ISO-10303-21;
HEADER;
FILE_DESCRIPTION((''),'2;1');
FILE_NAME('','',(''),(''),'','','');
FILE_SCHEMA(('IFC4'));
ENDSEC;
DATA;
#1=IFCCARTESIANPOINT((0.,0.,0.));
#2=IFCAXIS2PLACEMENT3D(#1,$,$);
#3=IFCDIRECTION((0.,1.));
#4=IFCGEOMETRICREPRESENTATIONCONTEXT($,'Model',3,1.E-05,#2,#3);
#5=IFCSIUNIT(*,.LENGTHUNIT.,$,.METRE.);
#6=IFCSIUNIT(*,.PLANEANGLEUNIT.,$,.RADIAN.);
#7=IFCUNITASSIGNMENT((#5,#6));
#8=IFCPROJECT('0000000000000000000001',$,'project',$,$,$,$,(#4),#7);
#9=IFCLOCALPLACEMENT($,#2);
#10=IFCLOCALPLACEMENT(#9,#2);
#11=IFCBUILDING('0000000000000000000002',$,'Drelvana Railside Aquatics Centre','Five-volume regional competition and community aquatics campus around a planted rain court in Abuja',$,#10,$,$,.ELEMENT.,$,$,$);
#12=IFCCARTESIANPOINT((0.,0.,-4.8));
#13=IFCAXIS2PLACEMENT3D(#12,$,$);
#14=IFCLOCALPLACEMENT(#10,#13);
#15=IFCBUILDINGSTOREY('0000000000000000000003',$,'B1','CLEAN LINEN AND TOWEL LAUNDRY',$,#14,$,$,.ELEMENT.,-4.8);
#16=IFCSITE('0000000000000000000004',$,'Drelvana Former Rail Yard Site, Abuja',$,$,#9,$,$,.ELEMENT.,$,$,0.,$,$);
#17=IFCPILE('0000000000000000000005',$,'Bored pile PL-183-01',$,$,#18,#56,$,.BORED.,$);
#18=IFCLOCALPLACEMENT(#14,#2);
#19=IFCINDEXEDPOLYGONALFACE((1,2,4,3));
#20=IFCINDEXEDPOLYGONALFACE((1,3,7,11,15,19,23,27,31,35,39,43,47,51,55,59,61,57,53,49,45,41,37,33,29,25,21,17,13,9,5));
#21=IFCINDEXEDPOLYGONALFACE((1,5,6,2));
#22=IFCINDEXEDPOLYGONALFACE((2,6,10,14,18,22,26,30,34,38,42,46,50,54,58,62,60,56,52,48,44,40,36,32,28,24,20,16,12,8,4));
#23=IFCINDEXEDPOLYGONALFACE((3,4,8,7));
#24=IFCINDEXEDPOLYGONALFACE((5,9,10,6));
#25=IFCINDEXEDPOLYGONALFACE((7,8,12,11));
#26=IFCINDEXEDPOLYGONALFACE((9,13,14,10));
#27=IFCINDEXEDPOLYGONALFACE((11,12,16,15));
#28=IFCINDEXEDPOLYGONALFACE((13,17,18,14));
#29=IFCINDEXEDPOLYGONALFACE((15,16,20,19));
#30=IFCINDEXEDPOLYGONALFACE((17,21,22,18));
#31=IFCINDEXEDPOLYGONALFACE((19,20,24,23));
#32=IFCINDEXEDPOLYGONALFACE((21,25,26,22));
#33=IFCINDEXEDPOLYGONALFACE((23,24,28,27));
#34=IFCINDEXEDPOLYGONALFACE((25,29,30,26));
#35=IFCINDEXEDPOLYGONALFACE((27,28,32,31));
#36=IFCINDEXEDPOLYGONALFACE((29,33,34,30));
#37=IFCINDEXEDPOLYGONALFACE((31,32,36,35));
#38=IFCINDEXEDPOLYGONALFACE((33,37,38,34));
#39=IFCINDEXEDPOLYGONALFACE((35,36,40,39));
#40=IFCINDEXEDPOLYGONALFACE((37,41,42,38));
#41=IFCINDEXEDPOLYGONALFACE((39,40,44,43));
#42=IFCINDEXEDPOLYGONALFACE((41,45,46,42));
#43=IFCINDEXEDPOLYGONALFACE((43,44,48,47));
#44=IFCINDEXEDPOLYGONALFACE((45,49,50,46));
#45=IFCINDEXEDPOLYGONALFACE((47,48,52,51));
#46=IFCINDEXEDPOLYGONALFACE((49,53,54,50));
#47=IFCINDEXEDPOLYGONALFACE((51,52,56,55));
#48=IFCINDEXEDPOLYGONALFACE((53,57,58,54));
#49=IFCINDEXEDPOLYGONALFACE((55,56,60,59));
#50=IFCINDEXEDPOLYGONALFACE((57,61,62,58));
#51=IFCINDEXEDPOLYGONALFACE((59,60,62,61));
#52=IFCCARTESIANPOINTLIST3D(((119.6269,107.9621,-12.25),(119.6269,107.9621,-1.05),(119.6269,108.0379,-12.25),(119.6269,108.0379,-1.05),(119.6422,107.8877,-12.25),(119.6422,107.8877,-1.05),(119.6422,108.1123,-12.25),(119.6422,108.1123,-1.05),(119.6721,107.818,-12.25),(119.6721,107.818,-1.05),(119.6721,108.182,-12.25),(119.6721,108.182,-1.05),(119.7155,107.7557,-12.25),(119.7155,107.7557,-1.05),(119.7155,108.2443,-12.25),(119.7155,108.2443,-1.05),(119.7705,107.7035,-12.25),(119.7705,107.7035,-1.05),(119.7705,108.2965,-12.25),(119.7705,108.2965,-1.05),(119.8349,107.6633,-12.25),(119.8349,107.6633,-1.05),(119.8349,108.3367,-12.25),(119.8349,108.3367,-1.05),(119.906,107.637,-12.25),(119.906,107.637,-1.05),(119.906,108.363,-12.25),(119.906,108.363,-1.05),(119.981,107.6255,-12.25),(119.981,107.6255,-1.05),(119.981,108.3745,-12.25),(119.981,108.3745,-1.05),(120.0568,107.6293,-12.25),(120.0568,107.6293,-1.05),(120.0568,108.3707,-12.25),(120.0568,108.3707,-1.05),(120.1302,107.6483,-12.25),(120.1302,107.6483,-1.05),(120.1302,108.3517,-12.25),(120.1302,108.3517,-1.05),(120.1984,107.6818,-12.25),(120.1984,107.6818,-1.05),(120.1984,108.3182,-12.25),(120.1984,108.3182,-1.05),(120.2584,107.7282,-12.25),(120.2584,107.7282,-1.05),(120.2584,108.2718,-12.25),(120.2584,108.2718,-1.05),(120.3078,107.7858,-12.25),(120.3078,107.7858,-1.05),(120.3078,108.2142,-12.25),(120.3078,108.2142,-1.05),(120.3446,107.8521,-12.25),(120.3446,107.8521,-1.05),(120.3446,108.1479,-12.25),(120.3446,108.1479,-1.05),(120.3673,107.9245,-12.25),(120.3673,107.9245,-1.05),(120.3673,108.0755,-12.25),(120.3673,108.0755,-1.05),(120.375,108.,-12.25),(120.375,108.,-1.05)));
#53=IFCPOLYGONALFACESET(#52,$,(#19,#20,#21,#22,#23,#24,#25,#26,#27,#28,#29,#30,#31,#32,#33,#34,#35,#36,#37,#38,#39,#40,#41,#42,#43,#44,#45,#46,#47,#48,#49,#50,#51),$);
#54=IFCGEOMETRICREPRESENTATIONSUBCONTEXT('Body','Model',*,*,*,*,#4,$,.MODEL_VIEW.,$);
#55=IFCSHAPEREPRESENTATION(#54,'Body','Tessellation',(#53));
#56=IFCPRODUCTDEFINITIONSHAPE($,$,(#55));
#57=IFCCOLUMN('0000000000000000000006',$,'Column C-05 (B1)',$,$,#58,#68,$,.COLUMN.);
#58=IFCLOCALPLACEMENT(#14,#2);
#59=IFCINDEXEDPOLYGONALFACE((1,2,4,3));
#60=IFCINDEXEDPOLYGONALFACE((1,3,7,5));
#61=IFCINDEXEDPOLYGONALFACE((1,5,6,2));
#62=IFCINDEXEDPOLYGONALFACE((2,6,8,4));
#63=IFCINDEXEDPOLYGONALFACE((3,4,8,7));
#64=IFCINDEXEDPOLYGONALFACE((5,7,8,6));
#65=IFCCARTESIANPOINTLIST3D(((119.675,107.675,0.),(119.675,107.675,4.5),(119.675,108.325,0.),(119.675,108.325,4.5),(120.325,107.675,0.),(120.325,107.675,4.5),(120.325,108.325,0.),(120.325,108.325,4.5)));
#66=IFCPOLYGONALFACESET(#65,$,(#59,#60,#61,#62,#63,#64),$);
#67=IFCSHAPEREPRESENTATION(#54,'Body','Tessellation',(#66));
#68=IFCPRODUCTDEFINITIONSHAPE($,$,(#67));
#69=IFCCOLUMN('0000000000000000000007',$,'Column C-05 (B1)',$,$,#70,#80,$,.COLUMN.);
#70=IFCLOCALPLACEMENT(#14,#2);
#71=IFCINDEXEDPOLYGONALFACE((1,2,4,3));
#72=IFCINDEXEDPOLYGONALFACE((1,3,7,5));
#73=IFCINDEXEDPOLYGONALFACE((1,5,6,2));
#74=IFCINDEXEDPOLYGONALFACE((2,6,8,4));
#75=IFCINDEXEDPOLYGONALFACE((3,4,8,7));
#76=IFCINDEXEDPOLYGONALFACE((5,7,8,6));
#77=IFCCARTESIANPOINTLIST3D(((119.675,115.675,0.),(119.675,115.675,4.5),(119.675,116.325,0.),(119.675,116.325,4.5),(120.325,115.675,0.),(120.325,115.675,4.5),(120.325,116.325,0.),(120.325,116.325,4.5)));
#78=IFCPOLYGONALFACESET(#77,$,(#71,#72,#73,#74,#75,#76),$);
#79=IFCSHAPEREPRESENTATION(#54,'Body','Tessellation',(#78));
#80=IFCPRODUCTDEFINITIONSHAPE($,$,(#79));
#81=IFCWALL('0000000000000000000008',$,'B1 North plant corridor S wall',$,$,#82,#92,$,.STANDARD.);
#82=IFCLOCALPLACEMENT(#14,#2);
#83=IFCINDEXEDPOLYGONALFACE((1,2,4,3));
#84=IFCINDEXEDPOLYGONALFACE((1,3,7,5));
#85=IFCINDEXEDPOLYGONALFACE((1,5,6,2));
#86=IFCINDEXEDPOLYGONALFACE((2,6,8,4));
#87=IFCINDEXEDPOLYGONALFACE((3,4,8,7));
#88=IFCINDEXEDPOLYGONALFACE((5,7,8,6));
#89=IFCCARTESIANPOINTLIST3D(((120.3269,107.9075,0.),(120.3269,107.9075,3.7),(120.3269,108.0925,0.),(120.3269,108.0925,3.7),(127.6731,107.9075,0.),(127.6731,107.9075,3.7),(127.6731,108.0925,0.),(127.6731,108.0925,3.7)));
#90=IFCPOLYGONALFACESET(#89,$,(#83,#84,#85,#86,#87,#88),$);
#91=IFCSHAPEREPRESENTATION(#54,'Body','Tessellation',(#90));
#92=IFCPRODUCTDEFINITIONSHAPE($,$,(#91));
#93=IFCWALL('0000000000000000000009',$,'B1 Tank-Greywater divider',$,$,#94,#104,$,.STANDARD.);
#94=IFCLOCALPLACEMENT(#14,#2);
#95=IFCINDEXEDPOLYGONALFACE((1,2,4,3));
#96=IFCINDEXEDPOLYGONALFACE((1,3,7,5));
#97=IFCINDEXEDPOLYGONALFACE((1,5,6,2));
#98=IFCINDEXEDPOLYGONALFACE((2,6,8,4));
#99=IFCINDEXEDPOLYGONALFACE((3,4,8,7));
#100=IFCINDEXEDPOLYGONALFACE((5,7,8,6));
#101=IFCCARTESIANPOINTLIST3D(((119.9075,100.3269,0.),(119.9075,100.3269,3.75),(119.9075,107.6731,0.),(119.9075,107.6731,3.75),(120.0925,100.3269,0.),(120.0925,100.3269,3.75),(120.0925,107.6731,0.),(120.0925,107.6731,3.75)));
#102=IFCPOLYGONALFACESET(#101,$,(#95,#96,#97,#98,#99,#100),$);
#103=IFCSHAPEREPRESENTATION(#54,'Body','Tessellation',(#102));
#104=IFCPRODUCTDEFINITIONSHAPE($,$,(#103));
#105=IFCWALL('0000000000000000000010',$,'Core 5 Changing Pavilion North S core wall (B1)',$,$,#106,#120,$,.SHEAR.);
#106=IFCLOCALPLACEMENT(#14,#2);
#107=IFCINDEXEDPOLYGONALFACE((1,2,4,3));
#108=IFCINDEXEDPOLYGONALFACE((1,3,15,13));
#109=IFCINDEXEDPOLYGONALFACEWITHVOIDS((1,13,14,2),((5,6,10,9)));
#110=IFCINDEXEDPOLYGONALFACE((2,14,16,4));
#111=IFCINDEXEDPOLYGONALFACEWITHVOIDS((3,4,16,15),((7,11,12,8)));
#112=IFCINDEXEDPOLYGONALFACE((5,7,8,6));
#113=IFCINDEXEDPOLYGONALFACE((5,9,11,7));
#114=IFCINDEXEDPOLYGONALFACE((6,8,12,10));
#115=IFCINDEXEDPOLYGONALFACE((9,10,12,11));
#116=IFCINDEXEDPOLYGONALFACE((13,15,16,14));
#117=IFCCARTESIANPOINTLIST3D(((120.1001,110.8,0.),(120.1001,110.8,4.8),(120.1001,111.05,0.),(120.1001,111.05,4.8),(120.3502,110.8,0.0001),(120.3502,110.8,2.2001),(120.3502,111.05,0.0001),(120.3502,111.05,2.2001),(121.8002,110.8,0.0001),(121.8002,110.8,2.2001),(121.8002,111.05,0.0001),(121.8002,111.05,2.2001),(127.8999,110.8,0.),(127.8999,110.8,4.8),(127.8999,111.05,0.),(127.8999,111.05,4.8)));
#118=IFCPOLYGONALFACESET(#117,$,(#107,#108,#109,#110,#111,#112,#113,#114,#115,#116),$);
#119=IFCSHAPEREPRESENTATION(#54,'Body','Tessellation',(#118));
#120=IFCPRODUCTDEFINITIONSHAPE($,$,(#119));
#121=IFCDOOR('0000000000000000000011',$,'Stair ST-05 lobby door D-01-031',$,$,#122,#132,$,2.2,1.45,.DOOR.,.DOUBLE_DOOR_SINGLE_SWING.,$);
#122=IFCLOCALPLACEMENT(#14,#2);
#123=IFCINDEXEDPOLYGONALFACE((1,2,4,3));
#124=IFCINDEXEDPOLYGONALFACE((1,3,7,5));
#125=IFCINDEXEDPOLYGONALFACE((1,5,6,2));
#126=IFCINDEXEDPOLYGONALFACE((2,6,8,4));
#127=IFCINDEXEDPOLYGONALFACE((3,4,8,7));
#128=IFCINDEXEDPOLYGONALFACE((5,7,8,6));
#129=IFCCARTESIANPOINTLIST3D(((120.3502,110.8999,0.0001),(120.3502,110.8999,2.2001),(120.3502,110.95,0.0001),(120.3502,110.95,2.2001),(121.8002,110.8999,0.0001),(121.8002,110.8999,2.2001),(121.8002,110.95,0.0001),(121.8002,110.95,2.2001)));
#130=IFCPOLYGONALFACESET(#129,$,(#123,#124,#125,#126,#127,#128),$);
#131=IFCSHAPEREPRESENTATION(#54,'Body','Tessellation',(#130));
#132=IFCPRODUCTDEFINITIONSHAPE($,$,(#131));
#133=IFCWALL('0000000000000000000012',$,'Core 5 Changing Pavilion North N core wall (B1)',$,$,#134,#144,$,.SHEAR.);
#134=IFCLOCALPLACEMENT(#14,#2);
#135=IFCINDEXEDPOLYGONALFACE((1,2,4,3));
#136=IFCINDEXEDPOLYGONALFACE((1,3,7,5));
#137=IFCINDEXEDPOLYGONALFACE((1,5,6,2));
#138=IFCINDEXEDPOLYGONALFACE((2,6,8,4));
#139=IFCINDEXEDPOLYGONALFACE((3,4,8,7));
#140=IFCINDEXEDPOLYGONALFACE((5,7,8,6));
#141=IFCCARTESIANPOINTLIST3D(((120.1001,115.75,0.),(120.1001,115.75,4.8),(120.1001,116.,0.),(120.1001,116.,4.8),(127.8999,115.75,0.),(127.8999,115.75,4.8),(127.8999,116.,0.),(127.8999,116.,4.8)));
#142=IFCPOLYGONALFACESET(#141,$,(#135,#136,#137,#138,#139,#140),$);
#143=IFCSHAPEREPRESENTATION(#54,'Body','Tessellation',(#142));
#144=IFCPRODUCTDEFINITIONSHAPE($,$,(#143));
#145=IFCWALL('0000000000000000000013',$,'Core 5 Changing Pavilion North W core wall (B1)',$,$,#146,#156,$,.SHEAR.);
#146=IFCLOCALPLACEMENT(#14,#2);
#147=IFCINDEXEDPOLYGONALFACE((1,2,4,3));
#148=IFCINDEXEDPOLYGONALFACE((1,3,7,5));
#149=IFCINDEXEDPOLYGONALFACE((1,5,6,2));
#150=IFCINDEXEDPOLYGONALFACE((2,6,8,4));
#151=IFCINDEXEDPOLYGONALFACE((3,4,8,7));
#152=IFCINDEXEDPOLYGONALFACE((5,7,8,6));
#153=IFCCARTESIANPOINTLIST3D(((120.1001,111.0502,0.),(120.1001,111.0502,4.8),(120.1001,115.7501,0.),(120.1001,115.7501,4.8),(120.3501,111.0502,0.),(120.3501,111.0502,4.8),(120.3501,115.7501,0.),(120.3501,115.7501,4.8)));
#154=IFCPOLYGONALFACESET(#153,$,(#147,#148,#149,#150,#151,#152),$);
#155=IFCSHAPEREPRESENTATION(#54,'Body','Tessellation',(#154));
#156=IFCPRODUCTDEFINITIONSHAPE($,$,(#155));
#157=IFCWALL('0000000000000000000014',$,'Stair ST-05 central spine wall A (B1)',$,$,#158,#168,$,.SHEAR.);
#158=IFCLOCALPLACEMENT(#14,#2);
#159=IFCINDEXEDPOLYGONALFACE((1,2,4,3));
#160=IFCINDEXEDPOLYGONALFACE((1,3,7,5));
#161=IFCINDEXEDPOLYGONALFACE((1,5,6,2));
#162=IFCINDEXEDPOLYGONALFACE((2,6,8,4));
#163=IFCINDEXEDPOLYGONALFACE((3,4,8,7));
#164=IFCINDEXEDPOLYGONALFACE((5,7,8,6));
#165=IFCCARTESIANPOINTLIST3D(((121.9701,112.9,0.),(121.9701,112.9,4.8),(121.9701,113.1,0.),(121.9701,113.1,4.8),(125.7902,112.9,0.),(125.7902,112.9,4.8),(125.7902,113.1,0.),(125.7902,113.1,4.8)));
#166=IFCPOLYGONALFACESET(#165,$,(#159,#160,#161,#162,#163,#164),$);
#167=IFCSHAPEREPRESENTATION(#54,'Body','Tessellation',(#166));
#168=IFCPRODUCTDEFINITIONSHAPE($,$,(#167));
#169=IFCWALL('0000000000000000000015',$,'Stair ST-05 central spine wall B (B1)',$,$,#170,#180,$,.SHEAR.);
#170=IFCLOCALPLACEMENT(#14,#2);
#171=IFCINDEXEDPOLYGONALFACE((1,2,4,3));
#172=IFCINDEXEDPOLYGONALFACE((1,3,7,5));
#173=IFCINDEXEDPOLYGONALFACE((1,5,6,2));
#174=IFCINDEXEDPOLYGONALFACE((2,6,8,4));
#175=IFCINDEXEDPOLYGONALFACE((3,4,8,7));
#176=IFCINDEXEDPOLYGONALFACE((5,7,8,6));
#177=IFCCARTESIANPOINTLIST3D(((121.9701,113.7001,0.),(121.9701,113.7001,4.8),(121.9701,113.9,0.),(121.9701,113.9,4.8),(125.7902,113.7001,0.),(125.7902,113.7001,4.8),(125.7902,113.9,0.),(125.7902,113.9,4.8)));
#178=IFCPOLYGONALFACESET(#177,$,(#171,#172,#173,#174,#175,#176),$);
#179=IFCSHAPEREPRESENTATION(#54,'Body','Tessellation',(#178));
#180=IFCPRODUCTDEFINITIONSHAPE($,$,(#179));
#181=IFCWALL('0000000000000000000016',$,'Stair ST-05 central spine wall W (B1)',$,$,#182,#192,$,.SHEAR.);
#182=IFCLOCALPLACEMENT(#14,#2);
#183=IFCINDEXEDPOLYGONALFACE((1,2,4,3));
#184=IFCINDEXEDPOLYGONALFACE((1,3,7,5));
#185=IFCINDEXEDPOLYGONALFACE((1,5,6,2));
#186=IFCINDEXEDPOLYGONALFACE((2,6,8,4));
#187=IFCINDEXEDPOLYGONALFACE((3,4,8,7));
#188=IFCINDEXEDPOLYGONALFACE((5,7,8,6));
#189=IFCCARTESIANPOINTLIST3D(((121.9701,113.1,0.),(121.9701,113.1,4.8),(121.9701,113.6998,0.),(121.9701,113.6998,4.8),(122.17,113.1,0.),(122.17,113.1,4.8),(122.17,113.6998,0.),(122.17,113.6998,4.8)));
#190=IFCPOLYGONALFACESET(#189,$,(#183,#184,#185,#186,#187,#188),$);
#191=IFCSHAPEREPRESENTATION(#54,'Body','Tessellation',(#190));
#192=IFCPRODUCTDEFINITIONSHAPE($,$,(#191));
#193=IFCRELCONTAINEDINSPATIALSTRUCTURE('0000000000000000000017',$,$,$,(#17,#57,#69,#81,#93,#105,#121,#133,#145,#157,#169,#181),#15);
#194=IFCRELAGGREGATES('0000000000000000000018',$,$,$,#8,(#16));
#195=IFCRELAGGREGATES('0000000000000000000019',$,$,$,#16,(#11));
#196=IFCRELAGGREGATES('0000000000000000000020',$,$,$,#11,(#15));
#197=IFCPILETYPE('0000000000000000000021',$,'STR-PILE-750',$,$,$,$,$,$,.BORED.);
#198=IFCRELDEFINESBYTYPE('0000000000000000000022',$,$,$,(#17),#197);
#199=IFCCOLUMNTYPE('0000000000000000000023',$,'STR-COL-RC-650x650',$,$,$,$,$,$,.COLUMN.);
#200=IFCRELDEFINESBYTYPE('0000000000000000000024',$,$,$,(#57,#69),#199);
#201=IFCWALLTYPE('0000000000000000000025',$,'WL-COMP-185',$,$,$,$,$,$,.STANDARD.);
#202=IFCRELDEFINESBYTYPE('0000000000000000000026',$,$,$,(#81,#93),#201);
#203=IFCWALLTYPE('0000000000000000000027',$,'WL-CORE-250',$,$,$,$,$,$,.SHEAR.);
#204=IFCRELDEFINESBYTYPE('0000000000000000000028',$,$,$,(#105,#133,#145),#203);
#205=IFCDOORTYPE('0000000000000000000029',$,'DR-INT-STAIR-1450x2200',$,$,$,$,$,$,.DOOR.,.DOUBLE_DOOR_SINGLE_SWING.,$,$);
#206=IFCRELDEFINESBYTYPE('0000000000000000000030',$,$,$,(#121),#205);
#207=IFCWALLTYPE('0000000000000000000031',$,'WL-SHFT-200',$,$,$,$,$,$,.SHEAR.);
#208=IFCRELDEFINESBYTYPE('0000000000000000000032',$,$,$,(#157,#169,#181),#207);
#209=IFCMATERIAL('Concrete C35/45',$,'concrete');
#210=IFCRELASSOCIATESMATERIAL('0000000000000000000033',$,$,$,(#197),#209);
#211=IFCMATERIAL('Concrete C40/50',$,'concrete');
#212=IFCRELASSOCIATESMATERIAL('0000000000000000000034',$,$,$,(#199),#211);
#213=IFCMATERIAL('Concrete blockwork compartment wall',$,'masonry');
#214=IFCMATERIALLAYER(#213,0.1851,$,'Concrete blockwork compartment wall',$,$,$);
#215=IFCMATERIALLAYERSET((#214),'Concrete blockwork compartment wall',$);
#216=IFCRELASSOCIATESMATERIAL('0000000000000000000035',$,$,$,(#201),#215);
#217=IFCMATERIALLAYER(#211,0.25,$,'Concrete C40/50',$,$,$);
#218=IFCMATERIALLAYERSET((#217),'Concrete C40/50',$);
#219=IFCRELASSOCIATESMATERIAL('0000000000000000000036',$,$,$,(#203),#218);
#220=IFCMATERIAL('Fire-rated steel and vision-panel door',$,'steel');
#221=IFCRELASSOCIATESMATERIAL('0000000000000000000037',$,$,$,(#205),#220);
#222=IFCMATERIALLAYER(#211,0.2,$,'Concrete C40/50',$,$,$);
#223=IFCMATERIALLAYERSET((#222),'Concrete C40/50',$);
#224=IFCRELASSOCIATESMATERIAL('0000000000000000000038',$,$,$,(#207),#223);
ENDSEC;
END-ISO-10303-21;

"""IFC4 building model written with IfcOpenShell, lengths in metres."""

from ifc_helpers import new_model, si_unit, direction, frame, frame_2d, origin, origin_2d, place, context, subcontext, project, spatial, rectangle, circle, extrude, material, layer, layer_set, material_profile, profile_set, type_object, element, fill, save


model = new_model("IFC4")

# Units and contexts
model_context = context("Model", 3, precision=1e-05, world=origin(), true_north=direction((0.0, 1.0)))
body_context = subcontext(model_context, "Body", "Model", "MODEL_VIEW")
ifc_project = project(units=[si_unit("LENGTHUNIT", "METRE"), si_unit("PLANEANGLEUNIT", "RADIAN")], contexts=[model_context])

# Site, building, storey
site_placement = place(None, origin())
site = spatial("IfcSite", under=ifc_project, at=site_placement, Name="Drelvana Former Rail Yard Site, Abuja", CompositionType="ELEMENT", RefElevation=0.0)
building_placement = place(site_placement, origin())
building = spatial("IfcBuilding", under=site, at=building_placement, Name="Drelvana Railside Aquatics Centre", Description="Five-volume regional competition and community aquatics campus around a planted rain court in Abuja", CompositionType="ELEMENT")
storey_placement = place(building_placement, frame((0.0, 0.0, -4.8)))
storey = spatial("IfcBuildingStorey", under=building, at=storey_placement, Name="B1", Description="CLEAN LINEN AND TOWEL LAUNDRY", CompositionType="ELEMENT", Elevation=-4.8)

# Shared definitions
ifc_material_1 = material(Name="Concrete C35/45", Category="concrete")

# Pile
ifc_material_profile_1 = material_profile(ifc_material_1, circle(Radius=0.375, at=origin_2d()), Name="PILE D750")
ifc_profile_set_1 = profile_set([ifc_material_profile_1], Name="Concrete C35/45")
pile_type_1 = type_object("IfcPileType", Name="STR-PILE-750", PredefinedType="BORED", material=ifc_profile_set_1)
pile_placement = place(storey_placement, frame((120.0, 108.0, -1.05), z_axis=(0.0, 0.0, -1.0), x_axis=(1.0, 0.0, 0.0)))
element("IfcPile", 1, at=pile_placement, inside=storey, type_object=pile_type_1, Name="Bored pile PL-183-01", PredefinedType="BORED", context=body_context, shape_type="SweptSolid", body=[
    extrude(circle(Radius=0.375, at=origin_2d()), origin(), (0.0, 0.0, 1.0), 11.2),
])

# Columns
ifc_material_2 = material(Name="Concrete C40/50", Category="concrete")
ifc_material_profile_2 = material_profile(ifc_material_2, rectangle(XDim=0.6499, YDim=0.6499, at=origin_2d()), Name="RC 650x650")
ifc_profile_set_2 = profile_set([ifc_material_profile_2], Name="Concrete C40/50")
column_type = type_object("IfcColumnType", Name="STR-COL-RC-650x650", PredefinedType="COLUMN", material=ifc_profile_set_2)
for number, where, z_axis, x_axis, name in (
    (2, (120.0, 108.0, 0.0), (0.0, 0.0, 1.0), (1.0, 0.0, 0.0), "Column C-05 (B1)"),
    (3, (120.0, 116.0, 0.0), (0.0, 0.0, 1.0), (1.0, 0.0, 0.0), "Column C-05 (B1)"),
):
    element("IfcColumn", number, at=place(storey_placement, frame(where, z_axis=z_axis, x_axis=x_axis)), inside=storey, type_object=column_type, Name=name, PredefinedType="COLUMN", context=body_context, shape_type="SweptSolid", body=[
        extrude(rectangle(XDim=0.6499, YDim=0.6499, at=origin_2d()), origin(), (0.0, 0.0, 1.0), 4.5),
    ])

# Walls
ifc_material_3 = material(Name="Concrete blockwork compartment wall", Category="masonry")
ifc_layer_1 = layer(ifc_material_3, 0.1851, Name="Concrete blockwork compartment wall")
ifc_layer_set_1 = layer_set([ifc_layer_1], Name="Concrete blockwork compartment wall")
wall_type_1 = type_object("IfcWallType", Name="WL-COMP-185", PredefinedType="STANDARD", material=ifc_layer_set_1)
wall_1_placement = place(storey_placement, frame((120.3269, 108.0, 0.0), z_axis=(0.0, 0.0, 1.0), x_axis=(1.0, 0.0, 0.0)))
element("IfcWall", 4, at=wall_1_placement, inside=storey, type_object=wall_type_1, Name="B1 North plant corridor S wall", PredefinedType="STANDARD", context=body_context, shape_type="SweptSolid", body=[
    extrude(rectangle(XDim=7.3462, YDim=0.1851, at=frame_2d((3.6731, 0.0))), origin(), (0.0, 0.0, 1.0), 3.7),
])
wall_2_placement = place(storey_placement, frame((120.0, 100.3269, 0.0), z_axis=(0.0, 0.0, 1.0), x_axis=(0.0, 1.0, 0.0)))
element("IfcWall", 5, at=wall_2_placement, inside=storey, type_object=wall_type_1, Name="B1 Tank-Greywater divider", PredefinedType="STANDARD", context=body_context, shape_type="SweptSolid", body=[
    extrude(rectangle(XDim=7.3462, YDim=0.1851, at=frame_2d((3.6731, 0.0))), origin(), (0.0, 0.0, 1.0), 3.75),
])

# Wall, opening, door
ifc_layer_2 = layer(ifc_material_2, 0.25, Name="Concrete C40/50")
ifc_layer_set_2 = layer_set([ifc_layer_2], Name="Concrete C40/50")
wall_type_2 = type_object("IfcWallType", Name="WL-CORE-250", PredefinedType="SHEAR", material=ifc_layer_set_2)
wall_3_placement = place(storey_placement, frame((120.1001, 110.925, 0.0), z_axis=(0.0, 0.0, 1.0), x_axis=(1.0, 0.0, 0.0)))
wall_3 = element("IfcWall", 6, at=wall_3_placement, inside=storey, type_object=wall_type_2, Name="Core 5 Changing Pavilion North S core wall (B1)", PredefinedType="SHEAR", context=body_context, shape_type="SweptSolid", body=[
    extrude(rectangle(XDim=7.7998, YDim=0.25, at=frame_2d((3.8999, 0.0))), origin(), (0.0, 0.0, 1.0), 4.8),
])
opening_placement = place(wall_3_placement, frame((0.25, 0.0, 0.0)))
opening = element("IfcOpeningElement", 7, at=opening_placement, cuts=wall_3, PredefinedType="OPENING", context=body_context, shape_type="SweptSolid", body=[
    extrude(rectangle(XDim=1.45, YDim=2.2, at=frame_2d((0.7251, 1.1001))), frame((0.0, 0.135, 0.0), z_axis=(0.0, -1.0, 0.0), x_axis=(1.0, 0.0, 0.0)), (0.0, 0.0, 1.0), 0.27),
])
ifc_material_4 = material(Name="Fire-rated steel and vision-panel door", Category="steel")
door_type = type_object("IfcDoorType", Name="DR-INT-STAIR-1450x2200", OperationType="DOUBLE_DOOR_SINGLE_SWING", PredefinedType="DOOR", material=ifc_material_4)
door_placement = place(opening_placement, origin())
door = element("IfcDoor", 8, at=door_placement, inside=storey, type_object=door_type, Name="Stair ST-05 lobby door D-01-031", OperationType="DOUBLE_DOOR_SINGLE_SWING", OverallHeight=2.2, OverallWidth=1.45, PredefinedType="DOOR", context=body_context, shape_type="SweptSolid", body=[
    extrude(rectangle(XDim=1.45, YDim=2.2, at=frame_2d((0.7251, 1.1001))), frame((0.0, 0.0249, 0.0), z_axis=(0.0, -1.0, 0.0), x_axis=(1.0, 0.0, 0.0)), (0.0, 0.0, 1.0), 0.05),
])
fill(opening, door)

# Walls
wall_4_placement = place(storey_placement, frame((120.1001, 115.875, 0.0), z_axis=(0.0, 0.0, 1.0), x_axis=(1.0, 0.0, 0.0)))
element("IfcWall", 9, at=wall_4_placement, inside=storey, type_object=wall_type_2, Name="Core 5 Changing Pavilion North N core wall (B1)", PredefinedType="SHEAR", context=body_context, shape_type="SweptSolid", body=[
    extrude(rectangle(XDim=7.7998, YDim=0.25, at=frame_2d((3.8999, 0.0))), origin(), (0.0, 0.0, 1.0), 4.8),
])
wall_5_placement = place(storey_placement, frame((120.2251, 111.05, 0.0), z_axis=(0.0, 0.0, 1.0), x_axis=(0.0, 1.0, 0.0)))
element("IfcWall", 10, at=wall_5_placement, inside=storey, type_object=wall_type_2, Name="Core 5 Changing Pavilion North W core wall (B1)", PredefinedType="SHEAR", context=body_context, shape_type="SweptSolid", body=[
    extrude(rectangle(XDim=4.7, YDim=0.25, at=frame_2d((2.3501, 0.0))), origin(), (0.0, 0.0, 1.0), 4.8),
])
ifc_layer_3 = layer(ifc_material_2, 0.2, Name="Concrete C40/50")
ifc_layer_set_3 = layer_set([ifc_layer_3], Name="Concrete C40/50")
wall_type_3 = type_object("IfcWallType", Name="WL-SHFT-200", PredefinedType="SHEAR", material=ifc_layer_set_3)
for number, where, z_axis, x_axis, name in (
    (11, (121.97, 113.0, 0.0), (0.0, 0.0, 1.0), (1.0, 0.0, 0.0), "Stair ST-05 central spine wall A (B1)"),
    (12, (121.97, 113.8, 0.0), (0.0, 0.0, 1.0), (1.0, 0.0, 0.0), "Stair ST-05 central spine wall B (B1)"),
):
    element("IfcWall", number, at=place(storey_placement, frame(where, z_axis=z_axis, x_axis=x_axis)), inside=storey, type_object=wall_type_3, Name=name, PredefinedType="SHEAR", context=body_context, shape_type="SweptSolid", body=[
        extrude(rectangle(XDim=3.8201, YDim=0.2, at=frame_2d((1.9102, 0.0))), origin(), (0.0, 0.0, 1.0), 4.8),
    ])
wall_6_placement = place(storey_placement, frame((122.0701, 113.1001, 0.0), z_axis=(0.0, 0.0, 1.0), x_axis=(0.0, 1.0, 0.0)))
element("IfcWall", 13, at=wall_6_placement, inside=storey, type_object=wall_type_3, Name="Stair ST-05 central spine wall W (B1)", PredefinedType="SHEAR", context=body_context, shape_type="SweptSolid", body=[
    extrude(rectangle(XDim=0.5999, YDim=0.2, at=frame_2d((0.2998, 0.0))), origin(), (0.0, 0.0, 1.0), 4.8),
])

save(model, "model.ifc")
